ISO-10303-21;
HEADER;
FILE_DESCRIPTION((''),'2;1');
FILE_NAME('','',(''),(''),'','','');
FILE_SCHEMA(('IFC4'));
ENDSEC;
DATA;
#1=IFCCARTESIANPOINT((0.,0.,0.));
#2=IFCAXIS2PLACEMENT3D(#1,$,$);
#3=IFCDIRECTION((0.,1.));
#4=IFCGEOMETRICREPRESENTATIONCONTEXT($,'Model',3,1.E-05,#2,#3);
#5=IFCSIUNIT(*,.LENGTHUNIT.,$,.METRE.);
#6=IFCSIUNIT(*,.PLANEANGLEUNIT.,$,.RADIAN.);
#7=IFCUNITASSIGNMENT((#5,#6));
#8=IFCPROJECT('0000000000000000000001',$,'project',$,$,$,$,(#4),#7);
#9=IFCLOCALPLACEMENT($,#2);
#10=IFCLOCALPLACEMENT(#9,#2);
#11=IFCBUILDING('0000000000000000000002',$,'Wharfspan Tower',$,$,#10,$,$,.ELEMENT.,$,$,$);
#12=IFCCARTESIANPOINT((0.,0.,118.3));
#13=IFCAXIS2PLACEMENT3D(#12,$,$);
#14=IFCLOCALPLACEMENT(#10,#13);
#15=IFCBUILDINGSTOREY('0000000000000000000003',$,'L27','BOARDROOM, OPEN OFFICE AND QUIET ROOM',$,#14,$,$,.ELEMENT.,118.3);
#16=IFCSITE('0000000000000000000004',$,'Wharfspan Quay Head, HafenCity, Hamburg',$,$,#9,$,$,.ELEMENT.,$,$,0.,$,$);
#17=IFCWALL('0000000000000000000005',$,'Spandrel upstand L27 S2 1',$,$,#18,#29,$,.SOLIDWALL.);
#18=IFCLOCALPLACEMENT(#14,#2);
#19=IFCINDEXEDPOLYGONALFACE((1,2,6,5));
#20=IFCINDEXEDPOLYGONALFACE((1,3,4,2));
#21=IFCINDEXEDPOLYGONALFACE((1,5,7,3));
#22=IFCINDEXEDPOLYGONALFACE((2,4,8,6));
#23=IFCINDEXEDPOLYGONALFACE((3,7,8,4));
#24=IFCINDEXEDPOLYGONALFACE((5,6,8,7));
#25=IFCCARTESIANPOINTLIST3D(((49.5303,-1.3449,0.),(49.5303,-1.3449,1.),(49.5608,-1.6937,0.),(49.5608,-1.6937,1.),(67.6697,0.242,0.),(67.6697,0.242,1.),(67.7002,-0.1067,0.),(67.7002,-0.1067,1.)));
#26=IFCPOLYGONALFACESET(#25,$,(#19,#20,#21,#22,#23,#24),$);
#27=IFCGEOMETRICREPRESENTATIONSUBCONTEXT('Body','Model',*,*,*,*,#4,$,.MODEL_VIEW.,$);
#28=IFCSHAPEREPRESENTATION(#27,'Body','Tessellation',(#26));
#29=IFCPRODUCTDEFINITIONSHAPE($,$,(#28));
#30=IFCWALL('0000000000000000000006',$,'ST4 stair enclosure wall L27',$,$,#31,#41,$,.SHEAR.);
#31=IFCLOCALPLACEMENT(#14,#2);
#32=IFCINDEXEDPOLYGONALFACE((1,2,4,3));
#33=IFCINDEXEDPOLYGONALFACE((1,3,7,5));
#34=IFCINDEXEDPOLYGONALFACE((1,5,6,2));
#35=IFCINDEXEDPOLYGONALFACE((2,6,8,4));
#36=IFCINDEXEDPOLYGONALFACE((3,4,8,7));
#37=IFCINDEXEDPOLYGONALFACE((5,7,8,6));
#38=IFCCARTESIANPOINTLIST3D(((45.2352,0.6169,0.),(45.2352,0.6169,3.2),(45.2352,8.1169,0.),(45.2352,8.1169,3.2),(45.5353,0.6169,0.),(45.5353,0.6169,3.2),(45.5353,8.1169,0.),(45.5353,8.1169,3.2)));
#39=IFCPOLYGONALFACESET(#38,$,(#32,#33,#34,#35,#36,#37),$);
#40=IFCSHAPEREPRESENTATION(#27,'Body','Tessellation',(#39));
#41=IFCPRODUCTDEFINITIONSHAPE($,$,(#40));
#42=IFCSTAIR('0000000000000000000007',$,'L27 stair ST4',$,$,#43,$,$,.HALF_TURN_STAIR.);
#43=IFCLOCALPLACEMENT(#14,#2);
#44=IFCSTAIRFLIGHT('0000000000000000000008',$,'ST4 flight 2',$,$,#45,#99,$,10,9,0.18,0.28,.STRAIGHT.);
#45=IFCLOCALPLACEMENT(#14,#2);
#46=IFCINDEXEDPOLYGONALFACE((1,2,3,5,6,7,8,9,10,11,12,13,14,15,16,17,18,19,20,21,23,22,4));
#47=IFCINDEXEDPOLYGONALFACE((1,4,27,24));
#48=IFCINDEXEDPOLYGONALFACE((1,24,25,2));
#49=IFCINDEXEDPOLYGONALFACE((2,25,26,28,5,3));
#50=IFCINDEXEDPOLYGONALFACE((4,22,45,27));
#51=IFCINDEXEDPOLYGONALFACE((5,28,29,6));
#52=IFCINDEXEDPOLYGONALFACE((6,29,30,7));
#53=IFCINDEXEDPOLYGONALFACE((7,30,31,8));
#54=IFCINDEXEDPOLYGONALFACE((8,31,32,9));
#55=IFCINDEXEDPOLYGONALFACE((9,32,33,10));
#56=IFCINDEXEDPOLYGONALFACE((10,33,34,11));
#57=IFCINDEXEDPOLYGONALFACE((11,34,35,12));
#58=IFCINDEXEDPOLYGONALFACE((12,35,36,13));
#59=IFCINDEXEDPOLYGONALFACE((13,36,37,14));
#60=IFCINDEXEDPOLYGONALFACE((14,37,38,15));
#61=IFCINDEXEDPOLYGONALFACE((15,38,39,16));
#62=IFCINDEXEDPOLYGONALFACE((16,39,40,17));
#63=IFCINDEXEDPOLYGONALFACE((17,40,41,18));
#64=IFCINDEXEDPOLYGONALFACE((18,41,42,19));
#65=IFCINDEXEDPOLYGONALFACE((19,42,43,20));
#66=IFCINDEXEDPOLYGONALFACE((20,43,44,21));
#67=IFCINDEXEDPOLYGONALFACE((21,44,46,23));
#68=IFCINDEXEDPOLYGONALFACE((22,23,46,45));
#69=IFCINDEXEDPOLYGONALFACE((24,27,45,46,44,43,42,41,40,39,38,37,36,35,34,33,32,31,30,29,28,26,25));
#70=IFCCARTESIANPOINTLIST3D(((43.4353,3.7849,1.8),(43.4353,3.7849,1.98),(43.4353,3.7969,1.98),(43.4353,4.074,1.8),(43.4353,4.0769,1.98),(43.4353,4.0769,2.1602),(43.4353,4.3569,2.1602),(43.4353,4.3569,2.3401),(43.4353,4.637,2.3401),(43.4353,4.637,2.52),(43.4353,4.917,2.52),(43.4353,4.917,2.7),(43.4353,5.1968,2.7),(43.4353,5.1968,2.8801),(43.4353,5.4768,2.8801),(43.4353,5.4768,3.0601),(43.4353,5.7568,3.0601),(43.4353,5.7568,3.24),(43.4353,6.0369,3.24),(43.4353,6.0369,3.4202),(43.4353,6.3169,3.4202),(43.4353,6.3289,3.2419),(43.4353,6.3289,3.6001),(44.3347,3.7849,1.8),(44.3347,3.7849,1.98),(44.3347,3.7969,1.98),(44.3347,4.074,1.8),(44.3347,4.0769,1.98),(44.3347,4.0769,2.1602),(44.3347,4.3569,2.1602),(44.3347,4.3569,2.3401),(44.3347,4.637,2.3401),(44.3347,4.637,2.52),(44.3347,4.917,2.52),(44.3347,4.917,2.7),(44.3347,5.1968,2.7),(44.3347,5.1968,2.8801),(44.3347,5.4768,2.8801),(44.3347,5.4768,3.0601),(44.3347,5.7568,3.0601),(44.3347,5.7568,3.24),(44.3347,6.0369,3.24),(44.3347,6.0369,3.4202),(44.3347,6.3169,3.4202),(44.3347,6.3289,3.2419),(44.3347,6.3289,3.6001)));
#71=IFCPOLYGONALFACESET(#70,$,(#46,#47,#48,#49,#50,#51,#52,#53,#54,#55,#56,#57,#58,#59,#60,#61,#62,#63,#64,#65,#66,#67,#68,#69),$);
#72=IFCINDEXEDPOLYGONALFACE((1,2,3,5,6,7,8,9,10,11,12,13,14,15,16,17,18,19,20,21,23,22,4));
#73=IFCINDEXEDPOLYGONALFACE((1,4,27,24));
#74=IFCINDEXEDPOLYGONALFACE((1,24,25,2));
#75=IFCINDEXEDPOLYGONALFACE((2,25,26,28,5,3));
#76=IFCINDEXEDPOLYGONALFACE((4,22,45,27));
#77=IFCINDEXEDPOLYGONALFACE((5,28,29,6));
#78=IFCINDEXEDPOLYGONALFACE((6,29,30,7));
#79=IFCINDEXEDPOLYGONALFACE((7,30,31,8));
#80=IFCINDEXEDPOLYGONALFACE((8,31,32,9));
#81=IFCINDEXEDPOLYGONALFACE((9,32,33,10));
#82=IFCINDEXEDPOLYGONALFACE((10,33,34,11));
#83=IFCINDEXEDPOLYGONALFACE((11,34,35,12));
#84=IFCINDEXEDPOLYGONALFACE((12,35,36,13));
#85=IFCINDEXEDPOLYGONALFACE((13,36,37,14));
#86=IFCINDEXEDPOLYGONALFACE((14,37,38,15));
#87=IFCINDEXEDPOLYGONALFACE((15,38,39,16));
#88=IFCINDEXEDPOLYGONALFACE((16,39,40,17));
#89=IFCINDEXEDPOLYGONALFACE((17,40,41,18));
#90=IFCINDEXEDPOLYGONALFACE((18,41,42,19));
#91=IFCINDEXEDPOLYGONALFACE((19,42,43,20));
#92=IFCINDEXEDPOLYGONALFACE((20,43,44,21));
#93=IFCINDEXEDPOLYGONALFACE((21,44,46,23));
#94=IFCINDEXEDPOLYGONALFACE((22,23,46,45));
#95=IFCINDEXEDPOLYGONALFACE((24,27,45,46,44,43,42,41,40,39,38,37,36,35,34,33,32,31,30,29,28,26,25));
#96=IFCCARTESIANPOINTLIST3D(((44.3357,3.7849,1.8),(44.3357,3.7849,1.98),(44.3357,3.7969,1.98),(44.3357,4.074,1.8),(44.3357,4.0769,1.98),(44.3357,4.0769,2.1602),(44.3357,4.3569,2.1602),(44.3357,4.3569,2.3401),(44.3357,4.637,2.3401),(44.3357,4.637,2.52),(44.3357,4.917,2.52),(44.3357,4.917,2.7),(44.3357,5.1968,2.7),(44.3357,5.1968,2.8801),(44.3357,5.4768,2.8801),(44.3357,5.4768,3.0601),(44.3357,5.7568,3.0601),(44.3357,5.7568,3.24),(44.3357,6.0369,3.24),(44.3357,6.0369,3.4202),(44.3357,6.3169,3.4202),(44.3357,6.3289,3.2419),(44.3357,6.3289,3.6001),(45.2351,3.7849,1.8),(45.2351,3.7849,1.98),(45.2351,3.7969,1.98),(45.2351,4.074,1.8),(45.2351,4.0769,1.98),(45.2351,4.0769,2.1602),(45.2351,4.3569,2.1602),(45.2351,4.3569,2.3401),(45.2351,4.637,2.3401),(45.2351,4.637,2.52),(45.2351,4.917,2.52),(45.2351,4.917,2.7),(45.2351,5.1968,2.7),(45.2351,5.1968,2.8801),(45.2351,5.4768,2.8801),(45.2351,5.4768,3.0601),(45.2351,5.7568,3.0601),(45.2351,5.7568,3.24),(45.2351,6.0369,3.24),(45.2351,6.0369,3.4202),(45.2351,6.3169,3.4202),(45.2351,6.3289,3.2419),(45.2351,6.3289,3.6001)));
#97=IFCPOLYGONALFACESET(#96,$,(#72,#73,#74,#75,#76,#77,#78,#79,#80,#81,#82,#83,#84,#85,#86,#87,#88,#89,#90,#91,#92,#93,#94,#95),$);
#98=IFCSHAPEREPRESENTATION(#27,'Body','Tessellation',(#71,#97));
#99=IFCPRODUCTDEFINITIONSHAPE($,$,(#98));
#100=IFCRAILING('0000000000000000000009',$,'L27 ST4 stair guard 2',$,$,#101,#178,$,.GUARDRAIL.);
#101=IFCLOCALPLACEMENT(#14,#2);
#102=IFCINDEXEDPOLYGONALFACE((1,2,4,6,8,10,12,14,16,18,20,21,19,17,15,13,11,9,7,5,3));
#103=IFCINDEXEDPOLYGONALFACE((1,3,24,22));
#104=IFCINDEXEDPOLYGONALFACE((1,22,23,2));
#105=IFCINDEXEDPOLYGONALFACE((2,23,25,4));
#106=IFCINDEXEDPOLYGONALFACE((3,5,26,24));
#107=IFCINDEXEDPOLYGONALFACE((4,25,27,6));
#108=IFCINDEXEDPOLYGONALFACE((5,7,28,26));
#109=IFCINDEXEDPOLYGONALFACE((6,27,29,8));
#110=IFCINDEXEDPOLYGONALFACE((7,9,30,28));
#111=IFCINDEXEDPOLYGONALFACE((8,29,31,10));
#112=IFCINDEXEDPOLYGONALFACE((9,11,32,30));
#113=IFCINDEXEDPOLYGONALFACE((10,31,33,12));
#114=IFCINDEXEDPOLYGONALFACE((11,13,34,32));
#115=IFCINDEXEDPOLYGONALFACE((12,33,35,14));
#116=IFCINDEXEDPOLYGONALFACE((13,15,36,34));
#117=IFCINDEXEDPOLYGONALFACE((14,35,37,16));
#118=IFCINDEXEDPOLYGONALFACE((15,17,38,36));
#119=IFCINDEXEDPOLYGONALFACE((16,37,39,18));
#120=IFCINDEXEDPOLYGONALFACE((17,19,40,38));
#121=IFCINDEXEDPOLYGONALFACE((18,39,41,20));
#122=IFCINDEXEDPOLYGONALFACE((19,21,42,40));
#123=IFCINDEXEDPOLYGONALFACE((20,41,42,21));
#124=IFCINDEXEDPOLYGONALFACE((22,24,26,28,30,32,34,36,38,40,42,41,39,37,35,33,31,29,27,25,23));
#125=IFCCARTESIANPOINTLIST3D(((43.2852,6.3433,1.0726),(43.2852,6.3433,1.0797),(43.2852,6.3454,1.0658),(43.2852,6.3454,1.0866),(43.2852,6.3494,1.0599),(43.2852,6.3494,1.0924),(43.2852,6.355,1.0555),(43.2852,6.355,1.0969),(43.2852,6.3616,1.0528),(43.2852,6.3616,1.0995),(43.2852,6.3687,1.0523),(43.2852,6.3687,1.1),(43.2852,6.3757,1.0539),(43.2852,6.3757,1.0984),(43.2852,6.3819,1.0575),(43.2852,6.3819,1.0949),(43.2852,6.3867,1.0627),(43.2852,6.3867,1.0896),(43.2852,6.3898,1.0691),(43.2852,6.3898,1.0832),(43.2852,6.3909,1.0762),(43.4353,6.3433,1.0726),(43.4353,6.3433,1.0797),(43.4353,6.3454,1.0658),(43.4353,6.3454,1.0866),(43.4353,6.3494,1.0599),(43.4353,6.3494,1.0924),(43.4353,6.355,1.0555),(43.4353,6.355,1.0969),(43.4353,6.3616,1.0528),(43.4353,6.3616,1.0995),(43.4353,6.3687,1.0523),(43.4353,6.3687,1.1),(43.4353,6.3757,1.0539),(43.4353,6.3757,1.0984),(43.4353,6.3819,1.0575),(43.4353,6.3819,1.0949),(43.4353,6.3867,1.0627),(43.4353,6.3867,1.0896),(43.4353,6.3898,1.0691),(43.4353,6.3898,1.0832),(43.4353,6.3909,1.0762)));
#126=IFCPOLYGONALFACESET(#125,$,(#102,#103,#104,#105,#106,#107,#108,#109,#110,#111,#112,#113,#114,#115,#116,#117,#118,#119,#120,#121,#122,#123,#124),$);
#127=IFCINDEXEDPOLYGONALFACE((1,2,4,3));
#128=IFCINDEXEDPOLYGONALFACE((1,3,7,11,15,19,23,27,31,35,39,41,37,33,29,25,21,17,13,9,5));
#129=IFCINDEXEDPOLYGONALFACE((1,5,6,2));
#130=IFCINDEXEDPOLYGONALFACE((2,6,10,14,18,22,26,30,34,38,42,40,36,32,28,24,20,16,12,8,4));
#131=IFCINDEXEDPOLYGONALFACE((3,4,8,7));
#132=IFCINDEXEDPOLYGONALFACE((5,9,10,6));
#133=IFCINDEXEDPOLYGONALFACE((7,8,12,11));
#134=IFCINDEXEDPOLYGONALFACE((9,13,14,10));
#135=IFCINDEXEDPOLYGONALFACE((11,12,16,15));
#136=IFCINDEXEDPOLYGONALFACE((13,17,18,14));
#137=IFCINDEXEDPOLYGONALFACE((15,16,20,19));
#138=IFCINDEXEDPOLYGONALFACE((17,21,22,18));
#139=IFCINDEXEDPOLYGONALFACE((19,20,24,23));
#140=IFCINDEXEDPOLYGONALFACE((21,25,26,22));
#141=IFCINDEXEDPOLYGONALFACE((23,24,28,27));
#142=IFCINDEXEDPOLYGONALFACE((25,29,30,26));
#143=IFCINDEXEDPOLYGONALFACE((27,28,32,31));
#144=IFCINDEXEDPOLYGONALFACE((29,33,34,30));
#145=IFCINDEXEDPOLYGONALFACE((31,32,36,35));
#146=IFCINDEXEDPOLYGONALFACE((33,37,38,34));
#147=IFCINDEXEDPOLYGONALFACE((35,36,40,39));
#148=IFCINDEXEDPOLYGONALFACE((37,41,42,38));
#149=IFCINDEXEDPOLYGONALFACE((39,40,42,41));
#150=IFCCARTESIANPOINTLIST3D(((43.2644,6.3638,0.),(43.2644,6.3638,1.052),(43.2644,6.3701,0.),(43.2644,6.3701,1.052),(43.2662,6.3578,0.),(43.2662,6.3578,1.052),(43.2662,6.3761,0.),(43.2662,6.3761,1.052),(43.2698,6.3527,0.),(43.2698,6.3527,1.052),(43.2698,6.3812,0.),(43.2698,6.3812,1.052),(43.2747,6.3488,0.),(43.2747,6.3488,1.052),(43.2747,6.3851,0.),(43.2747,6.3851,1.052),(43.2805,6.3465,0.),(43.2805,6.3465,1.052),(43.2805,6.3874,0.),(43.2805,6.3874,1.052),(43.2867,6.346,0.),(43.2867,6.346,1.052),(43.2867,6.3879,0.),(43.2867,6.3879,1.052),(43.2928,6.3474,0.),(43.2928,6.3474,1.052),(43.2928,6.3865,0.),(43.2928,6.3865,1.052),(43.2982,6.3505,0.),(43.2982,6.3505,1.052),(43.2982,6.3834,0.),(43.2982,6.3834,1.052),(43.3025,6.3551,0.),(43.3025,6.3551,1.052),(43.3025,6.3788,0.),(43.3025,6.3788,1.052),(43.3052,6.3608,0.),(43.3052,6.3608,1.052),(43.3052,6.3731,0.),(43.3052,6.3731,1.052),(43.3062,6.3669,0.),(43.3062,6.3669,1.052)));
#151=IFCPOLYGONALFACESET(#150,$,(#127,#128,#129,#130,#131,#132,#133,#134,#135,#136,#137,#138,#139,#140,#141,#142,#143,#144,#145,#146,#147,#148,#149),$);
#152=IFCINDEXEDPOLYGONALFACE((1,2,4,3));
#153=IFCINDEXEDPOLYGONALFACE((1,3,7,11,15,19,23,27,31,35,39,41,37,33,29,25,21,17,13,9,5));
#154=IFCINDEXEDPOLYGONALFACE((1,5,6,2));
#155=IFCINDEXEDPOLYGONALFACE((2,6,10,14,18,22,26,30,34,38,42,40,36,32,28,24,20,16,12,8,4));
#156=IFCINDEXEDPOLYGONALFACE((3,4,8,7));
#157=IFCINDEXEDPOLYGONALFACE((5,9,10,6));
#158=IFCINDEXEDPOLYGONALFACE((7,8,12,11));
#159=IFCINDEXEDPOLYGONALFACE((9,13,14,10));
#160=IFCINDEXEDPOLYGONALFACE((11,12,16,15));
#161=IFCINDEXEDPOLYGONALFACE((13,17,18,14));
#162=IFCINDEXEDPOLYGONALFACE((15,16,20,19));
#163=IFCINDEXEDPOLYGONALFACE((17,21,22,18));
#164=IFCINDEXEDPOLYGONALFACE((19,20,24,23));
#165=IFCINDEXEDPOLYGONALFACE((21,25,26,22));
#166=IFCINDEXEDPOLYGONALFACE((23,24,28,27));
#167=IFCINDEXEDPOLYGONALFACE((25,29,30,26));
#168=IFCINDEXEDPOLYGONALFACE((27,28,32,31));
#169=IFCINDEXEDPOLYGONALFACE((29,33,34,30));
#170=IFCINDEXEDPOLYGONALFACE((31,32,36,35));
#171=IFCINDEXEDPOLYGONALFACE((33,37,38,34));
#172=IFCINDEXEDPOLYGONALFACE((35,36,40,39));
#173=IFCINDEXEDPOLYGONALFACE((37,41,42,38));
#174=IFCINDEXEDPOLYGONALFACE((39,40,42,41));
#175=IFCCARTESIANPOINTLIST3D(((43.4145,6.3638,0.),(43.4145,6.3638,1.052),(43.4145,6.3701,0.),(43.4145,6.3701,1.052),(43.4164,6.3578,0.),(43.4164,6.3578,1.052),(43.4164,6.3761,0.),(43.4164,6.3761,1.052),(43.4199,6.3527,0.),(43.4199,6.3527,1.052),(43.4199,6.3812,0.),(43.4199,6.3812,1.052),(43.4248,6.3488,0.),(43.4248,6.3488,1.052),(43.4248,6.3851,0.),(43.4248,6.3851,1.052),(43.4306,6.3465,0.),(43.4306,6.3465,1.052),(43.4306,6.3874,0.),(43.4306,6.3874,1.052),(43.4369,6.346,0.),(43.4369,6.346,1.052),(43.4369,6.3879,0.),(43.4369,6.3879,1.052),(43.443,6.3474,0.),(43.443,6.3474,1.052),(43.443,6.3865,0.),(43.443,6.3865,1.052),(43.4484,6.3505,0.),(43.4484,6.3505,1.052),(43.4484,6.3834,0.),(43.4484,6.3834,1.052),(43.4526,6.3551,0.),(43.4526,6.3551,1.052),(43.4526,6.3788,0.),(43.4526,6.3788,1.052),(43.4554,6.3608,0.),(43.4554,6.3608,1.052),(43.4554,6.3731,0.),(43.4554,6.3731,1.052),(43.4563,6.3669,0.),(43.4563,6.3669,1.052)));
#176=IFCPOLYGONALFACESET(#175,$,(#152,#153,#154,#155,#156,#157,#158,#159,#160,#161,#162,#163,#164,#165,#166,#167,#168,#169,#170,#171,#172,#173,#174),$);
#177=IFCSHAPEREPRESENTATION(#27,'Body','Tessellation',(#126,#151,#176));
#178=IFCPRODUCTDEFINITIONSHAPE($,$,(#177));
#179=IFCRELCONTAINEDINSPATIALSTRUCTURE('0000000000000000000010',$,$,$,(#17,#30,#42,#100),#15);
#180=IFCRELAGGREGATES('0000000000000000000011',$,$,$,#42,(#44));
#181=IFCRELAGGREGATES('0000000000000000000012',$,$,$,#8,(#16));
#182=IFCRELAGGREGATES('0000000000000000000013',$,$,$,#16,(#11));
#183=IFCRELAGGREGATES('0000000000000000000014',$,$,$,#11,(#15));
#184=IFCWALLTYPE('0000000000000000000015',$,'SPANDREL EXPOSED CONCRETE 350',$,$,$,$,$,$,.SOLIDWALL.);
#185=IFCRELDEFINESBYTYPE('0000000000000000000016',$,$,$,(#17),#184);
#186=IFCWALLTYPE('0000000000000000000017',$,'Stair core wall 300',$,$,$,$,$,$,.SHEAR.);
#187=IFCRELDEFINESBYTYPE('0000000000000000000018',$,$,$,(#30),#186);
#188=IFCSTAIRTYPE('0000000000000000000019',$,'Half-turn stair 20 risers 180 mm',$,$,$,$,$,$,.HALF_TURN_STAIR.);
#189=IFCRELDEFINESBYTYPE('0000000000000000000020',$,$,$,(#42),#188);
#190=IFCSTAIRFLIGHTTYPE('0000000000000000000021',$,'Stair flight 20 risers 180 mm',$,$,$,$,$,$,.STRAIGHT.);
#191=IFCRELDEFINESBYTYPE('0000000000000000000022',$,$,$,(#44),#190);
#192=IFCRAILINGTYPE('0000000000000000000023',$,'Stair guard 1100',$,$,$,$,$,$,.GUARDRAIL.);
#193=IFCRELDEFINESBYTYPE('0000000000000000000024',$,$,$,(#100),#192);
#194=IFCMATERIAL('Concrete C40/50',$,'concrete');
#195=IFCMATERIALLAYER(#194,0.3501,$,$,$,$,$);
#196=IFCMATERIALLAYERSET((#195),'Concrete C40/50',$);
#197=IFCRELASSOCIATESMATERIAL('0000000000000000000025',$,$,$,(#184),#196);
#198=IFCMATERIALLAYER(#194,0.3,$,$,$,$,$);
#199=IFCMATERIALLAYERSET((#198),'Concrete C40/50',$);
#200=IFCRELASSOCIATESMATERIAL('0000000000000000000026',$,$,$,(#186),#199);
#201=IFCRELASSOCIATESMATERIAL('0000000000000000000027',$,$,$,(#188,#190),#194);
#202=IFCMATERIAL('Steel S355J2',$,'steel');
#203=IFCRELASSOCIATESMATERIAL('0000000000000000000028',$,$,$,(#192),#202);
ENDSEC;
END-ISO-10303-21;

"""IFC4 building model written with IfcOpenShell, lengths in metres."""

from ifc_helpers import new_model, si_unit, direction, frame, frame_2d, origin, origin_2d, place, context, subcontext, project, spatial, polyline, rectangle, circle, outline, extrude, material, layer, layer_set, type_object, element, aggregate, save


model = new_model("IFC4")

# Units and contexts
model_context = context("Model", 3, precision=1e-05, world=origin(), true_north=direction((0.0, 1.0)))
body_context = subcontext(model_context, "Body", "Model", "MODEL_VIEW")
ifc_project = project(units=[si_unit("LENGTHUNIT", "METRE"), si_unit("PLANEANGLEUNIT", "RADIAN")], contexts=[model_context])

# Site, building, storey
site_placement = place(None, origin())
site = spatial("IfcSite", under=ifc_project, at=site_placement, Name="Wharfspan Quay Head, HafenCity, Hamburg", CompositionType="ELEMENT", RefElevation=0.0)
building_placement = place(site_placement, origin())
building = spatial("IfcBuilding", under=site, at=building_placement, Name="Wharfspan Tower", CompositionType="ELEMENT")
storey_placement = place(building_placement, frame((0.0, 0.0, 118.3)))
storey = spatial("IfcBuildingStorey", under=building, at=storey_placement, Name="L27", Description="BOARDROOM, OPEN OFFICE AND QUIET ROOM", CompositionType="ELEMENT", Elevation=118.3)

# Shared definitions
ifc_material_1 = material(Name="Steel S355J2", Category="steel")

# Walls
ifc_material_2 = material(Name="Concrete C40/50", Category="concrete")
ifc_layer_1 = layer(ifc_material_2, 0.3501)
ifc_layer_set_1 = layer_set([ifc_layer_1], Name="Concrete C40/50")
wall_type_1 = type_object("IfcWallType", Name="SPANDREL EXPOSED CONCRETE 350", PredefinedType="SOLIDWALL", material=ifc_layer_set_1)
wall_1_placement = place(storey_placement, frame((49.5454, -1.5193, 0.0), z_axis=(0.0, 0.0, 1.0), x_axis=(0.996191, 0.087151, 0.0)))
element("IfcWall", 1, at=wall_1_placement, inside=storey, type_object=wall_type_1, Name="Spandrel upstand L27 S2 1", PredefinedType="SOLIDWALL", context=body_context, shape_type="SweptSolid", body=[
    extrude(rectangle(XDim=18.2087, YDim=0.3501, at=frame_2d((9.1045, 0.0))), origin(), (0.0, 0.0, 1.0), 1.0),
])
ifc_layer_2 = layer(ifc_material_2, 0.3)
ifc_layer_set_2 = layer_set([ifc_layer_2], Name="Concrete C40/50")
wall_type_2 = type_object("IfcWallType", Name="Stair core wall 300", PredefinedType="SHEAR", material=ifc_layer_set_2)
wall_2_placement = place(storey_placement, frame((45.3853, 0.6169, 0.0), z_axis=(0.0, 0.0, 1.0), x_axis=(0.0, 1.0, 0.0)))
element("IfcWall", 2, at=wall_2_placement, inside=storey, type_object=wall_type_2, Name="ST4 stair enclosure wall L27", PredefinedType="SHEAR", context=body_context, shape_type="SweptSolid", body=[
    extrude(rectangle(XDim=7.5, YDim=0.3, at=frame_2d((3.75, 0.0))), origin(), (0.0, 0.0, 1.0), 3.2),
])

# Stair, stair flight
stair_type = type_object("IfcStairType", Name="Half-turn stair 20 risers 180 mm", PredefinedType="HALF_TURN_STAIR", material=ifc_material_2)
stair_placement = place(storey_placement, origin())
stair = element("IfcStair", 3, at=stair_placement, inside=storey, type_object=stair_type, Name="L27 stair ST4", PredefinedType="HALF_TURN_STAIR")
stair_flight_type = type_object("IfcStairFlightType", Name="Stair flight 20 risers 180 mm", PredefinedType="STRAIGHT", material=ifc_material_2)
stair_flight_placement = place(storey_placement, frame((44.3352, 3.7969, 1.8), z_axis=(0.0, 0.0, 1.0), x_axis=(0.0, 1.0, 0.0)))
stair_flight = element("IfcStairFlight", 4, at=stair_flight_placement, type_object=stair_flight_type, Name="ST4 flight 2", NumberOfRisers=10, NumberOfTreads=9, PredefinedType="STRAIGHT", RiserHeight=0.18, TreadLength=0.28, context=body_context, shape_type="SweptSolid", body=[
    extrude(outline(polyline([(-0.012, 0.0), (-0.012, 0.1799), (0.0, 0.1799), (0.28, 0.1799), (0.28, 0.3601), (0.5601, 0.3601), (0.5601, 0.54), (0.8401, 0.54), (0.8401, 0.72), (1.1201, 0.72), (1.1201, 0.8999), (1.3999, 0.8999), (1.3999, 1.0801), (1.6799, 1.0801), (1.6799, 1.26), (1.96, 1.26), (1.96, 1.4399), (2.24, 1.4399), (2.24, 1.6201), (2.52, 1.6201), (2.532, 1.8), (2.532, 1.4419), (0.2771, 0.0), (-0.012, 0.0)])), frame((0.0, 0.8999, 0.0), z_axis=(0.0, -1.0, 0.0), x_axis=(1.0, 0.0, 0.0)), (0.0, 0.0, 1.0), 0.8994),
    extrude(outline(polyline([(-0.012, 0.0), (-0.012, 0.1799), (0.0, 0.1799), (0.28, 0.1799), (0.28, 0.3601), (0.5601, 0.3601), (0.5601, 0.54), (0.8401, 0.54), (0.8401, 0.72), (1.1201, 0.72), (1.1201, 0.8999), (1.3999, 0.8999), (1.3999, 1.0801), (1.6799, 1.0801), (1.6799, 1.26), (1.96, 1.26), (1.96, 1.4399), (2.24, 1.4399), (2.24, 1.6201), (2.52, 1.6201), (2.532, 1.8), (2.532, 1.4419), (0.2771, 0.0), (-0.012, 0.0)])), frame((0.0, -0.0005, 0.0), z_axis=(0.0, -1.0, 0.0), x_axis=(1.0, 0.0, 0.0)), (0.0, 0.0, 1.0), 0.8994),
])
aggregate(stair, [stair_flight])

# Railing
railing_type_1 = type_object("IfcRailingType", Name="Stair guard 1100", PredefinedType="GUARDRAIL", material=ifc_material_1)
railing_1_placement = place(storey_placement, frame((43.2852, 6.3669, 0.0)))
element("IfcRailing", 5, at=railing_1_placement, inside=storey, type_object=railing_type_1, Name="L27 ST4 stair guard 2", PredefinedType="GUARDRAIL", context=body_context, shape_type="SweptSolid", body=[
    extrude(circle(Radius=0.0239, at=origin_2d()), frame((0.0, 0.0, 1.0762), z_axis=(1.0, 0.0, 0.0), x_axis=(0.0, 1.0, 0.0)), (0.0, 0.0, 1.0), 0.1501),
    extrude(circle(Radius=0.021, at=origin_2d()), origin(), (0.0, 0.0, 1.0), 1.052),
    extrude(circle(Radius=0.021, at=origin_2d()), frame((0.1501, 0.0, 0.0)), (0.0, 0.0, 1.0), 1.052),
])

save(model, "model.ifc")
